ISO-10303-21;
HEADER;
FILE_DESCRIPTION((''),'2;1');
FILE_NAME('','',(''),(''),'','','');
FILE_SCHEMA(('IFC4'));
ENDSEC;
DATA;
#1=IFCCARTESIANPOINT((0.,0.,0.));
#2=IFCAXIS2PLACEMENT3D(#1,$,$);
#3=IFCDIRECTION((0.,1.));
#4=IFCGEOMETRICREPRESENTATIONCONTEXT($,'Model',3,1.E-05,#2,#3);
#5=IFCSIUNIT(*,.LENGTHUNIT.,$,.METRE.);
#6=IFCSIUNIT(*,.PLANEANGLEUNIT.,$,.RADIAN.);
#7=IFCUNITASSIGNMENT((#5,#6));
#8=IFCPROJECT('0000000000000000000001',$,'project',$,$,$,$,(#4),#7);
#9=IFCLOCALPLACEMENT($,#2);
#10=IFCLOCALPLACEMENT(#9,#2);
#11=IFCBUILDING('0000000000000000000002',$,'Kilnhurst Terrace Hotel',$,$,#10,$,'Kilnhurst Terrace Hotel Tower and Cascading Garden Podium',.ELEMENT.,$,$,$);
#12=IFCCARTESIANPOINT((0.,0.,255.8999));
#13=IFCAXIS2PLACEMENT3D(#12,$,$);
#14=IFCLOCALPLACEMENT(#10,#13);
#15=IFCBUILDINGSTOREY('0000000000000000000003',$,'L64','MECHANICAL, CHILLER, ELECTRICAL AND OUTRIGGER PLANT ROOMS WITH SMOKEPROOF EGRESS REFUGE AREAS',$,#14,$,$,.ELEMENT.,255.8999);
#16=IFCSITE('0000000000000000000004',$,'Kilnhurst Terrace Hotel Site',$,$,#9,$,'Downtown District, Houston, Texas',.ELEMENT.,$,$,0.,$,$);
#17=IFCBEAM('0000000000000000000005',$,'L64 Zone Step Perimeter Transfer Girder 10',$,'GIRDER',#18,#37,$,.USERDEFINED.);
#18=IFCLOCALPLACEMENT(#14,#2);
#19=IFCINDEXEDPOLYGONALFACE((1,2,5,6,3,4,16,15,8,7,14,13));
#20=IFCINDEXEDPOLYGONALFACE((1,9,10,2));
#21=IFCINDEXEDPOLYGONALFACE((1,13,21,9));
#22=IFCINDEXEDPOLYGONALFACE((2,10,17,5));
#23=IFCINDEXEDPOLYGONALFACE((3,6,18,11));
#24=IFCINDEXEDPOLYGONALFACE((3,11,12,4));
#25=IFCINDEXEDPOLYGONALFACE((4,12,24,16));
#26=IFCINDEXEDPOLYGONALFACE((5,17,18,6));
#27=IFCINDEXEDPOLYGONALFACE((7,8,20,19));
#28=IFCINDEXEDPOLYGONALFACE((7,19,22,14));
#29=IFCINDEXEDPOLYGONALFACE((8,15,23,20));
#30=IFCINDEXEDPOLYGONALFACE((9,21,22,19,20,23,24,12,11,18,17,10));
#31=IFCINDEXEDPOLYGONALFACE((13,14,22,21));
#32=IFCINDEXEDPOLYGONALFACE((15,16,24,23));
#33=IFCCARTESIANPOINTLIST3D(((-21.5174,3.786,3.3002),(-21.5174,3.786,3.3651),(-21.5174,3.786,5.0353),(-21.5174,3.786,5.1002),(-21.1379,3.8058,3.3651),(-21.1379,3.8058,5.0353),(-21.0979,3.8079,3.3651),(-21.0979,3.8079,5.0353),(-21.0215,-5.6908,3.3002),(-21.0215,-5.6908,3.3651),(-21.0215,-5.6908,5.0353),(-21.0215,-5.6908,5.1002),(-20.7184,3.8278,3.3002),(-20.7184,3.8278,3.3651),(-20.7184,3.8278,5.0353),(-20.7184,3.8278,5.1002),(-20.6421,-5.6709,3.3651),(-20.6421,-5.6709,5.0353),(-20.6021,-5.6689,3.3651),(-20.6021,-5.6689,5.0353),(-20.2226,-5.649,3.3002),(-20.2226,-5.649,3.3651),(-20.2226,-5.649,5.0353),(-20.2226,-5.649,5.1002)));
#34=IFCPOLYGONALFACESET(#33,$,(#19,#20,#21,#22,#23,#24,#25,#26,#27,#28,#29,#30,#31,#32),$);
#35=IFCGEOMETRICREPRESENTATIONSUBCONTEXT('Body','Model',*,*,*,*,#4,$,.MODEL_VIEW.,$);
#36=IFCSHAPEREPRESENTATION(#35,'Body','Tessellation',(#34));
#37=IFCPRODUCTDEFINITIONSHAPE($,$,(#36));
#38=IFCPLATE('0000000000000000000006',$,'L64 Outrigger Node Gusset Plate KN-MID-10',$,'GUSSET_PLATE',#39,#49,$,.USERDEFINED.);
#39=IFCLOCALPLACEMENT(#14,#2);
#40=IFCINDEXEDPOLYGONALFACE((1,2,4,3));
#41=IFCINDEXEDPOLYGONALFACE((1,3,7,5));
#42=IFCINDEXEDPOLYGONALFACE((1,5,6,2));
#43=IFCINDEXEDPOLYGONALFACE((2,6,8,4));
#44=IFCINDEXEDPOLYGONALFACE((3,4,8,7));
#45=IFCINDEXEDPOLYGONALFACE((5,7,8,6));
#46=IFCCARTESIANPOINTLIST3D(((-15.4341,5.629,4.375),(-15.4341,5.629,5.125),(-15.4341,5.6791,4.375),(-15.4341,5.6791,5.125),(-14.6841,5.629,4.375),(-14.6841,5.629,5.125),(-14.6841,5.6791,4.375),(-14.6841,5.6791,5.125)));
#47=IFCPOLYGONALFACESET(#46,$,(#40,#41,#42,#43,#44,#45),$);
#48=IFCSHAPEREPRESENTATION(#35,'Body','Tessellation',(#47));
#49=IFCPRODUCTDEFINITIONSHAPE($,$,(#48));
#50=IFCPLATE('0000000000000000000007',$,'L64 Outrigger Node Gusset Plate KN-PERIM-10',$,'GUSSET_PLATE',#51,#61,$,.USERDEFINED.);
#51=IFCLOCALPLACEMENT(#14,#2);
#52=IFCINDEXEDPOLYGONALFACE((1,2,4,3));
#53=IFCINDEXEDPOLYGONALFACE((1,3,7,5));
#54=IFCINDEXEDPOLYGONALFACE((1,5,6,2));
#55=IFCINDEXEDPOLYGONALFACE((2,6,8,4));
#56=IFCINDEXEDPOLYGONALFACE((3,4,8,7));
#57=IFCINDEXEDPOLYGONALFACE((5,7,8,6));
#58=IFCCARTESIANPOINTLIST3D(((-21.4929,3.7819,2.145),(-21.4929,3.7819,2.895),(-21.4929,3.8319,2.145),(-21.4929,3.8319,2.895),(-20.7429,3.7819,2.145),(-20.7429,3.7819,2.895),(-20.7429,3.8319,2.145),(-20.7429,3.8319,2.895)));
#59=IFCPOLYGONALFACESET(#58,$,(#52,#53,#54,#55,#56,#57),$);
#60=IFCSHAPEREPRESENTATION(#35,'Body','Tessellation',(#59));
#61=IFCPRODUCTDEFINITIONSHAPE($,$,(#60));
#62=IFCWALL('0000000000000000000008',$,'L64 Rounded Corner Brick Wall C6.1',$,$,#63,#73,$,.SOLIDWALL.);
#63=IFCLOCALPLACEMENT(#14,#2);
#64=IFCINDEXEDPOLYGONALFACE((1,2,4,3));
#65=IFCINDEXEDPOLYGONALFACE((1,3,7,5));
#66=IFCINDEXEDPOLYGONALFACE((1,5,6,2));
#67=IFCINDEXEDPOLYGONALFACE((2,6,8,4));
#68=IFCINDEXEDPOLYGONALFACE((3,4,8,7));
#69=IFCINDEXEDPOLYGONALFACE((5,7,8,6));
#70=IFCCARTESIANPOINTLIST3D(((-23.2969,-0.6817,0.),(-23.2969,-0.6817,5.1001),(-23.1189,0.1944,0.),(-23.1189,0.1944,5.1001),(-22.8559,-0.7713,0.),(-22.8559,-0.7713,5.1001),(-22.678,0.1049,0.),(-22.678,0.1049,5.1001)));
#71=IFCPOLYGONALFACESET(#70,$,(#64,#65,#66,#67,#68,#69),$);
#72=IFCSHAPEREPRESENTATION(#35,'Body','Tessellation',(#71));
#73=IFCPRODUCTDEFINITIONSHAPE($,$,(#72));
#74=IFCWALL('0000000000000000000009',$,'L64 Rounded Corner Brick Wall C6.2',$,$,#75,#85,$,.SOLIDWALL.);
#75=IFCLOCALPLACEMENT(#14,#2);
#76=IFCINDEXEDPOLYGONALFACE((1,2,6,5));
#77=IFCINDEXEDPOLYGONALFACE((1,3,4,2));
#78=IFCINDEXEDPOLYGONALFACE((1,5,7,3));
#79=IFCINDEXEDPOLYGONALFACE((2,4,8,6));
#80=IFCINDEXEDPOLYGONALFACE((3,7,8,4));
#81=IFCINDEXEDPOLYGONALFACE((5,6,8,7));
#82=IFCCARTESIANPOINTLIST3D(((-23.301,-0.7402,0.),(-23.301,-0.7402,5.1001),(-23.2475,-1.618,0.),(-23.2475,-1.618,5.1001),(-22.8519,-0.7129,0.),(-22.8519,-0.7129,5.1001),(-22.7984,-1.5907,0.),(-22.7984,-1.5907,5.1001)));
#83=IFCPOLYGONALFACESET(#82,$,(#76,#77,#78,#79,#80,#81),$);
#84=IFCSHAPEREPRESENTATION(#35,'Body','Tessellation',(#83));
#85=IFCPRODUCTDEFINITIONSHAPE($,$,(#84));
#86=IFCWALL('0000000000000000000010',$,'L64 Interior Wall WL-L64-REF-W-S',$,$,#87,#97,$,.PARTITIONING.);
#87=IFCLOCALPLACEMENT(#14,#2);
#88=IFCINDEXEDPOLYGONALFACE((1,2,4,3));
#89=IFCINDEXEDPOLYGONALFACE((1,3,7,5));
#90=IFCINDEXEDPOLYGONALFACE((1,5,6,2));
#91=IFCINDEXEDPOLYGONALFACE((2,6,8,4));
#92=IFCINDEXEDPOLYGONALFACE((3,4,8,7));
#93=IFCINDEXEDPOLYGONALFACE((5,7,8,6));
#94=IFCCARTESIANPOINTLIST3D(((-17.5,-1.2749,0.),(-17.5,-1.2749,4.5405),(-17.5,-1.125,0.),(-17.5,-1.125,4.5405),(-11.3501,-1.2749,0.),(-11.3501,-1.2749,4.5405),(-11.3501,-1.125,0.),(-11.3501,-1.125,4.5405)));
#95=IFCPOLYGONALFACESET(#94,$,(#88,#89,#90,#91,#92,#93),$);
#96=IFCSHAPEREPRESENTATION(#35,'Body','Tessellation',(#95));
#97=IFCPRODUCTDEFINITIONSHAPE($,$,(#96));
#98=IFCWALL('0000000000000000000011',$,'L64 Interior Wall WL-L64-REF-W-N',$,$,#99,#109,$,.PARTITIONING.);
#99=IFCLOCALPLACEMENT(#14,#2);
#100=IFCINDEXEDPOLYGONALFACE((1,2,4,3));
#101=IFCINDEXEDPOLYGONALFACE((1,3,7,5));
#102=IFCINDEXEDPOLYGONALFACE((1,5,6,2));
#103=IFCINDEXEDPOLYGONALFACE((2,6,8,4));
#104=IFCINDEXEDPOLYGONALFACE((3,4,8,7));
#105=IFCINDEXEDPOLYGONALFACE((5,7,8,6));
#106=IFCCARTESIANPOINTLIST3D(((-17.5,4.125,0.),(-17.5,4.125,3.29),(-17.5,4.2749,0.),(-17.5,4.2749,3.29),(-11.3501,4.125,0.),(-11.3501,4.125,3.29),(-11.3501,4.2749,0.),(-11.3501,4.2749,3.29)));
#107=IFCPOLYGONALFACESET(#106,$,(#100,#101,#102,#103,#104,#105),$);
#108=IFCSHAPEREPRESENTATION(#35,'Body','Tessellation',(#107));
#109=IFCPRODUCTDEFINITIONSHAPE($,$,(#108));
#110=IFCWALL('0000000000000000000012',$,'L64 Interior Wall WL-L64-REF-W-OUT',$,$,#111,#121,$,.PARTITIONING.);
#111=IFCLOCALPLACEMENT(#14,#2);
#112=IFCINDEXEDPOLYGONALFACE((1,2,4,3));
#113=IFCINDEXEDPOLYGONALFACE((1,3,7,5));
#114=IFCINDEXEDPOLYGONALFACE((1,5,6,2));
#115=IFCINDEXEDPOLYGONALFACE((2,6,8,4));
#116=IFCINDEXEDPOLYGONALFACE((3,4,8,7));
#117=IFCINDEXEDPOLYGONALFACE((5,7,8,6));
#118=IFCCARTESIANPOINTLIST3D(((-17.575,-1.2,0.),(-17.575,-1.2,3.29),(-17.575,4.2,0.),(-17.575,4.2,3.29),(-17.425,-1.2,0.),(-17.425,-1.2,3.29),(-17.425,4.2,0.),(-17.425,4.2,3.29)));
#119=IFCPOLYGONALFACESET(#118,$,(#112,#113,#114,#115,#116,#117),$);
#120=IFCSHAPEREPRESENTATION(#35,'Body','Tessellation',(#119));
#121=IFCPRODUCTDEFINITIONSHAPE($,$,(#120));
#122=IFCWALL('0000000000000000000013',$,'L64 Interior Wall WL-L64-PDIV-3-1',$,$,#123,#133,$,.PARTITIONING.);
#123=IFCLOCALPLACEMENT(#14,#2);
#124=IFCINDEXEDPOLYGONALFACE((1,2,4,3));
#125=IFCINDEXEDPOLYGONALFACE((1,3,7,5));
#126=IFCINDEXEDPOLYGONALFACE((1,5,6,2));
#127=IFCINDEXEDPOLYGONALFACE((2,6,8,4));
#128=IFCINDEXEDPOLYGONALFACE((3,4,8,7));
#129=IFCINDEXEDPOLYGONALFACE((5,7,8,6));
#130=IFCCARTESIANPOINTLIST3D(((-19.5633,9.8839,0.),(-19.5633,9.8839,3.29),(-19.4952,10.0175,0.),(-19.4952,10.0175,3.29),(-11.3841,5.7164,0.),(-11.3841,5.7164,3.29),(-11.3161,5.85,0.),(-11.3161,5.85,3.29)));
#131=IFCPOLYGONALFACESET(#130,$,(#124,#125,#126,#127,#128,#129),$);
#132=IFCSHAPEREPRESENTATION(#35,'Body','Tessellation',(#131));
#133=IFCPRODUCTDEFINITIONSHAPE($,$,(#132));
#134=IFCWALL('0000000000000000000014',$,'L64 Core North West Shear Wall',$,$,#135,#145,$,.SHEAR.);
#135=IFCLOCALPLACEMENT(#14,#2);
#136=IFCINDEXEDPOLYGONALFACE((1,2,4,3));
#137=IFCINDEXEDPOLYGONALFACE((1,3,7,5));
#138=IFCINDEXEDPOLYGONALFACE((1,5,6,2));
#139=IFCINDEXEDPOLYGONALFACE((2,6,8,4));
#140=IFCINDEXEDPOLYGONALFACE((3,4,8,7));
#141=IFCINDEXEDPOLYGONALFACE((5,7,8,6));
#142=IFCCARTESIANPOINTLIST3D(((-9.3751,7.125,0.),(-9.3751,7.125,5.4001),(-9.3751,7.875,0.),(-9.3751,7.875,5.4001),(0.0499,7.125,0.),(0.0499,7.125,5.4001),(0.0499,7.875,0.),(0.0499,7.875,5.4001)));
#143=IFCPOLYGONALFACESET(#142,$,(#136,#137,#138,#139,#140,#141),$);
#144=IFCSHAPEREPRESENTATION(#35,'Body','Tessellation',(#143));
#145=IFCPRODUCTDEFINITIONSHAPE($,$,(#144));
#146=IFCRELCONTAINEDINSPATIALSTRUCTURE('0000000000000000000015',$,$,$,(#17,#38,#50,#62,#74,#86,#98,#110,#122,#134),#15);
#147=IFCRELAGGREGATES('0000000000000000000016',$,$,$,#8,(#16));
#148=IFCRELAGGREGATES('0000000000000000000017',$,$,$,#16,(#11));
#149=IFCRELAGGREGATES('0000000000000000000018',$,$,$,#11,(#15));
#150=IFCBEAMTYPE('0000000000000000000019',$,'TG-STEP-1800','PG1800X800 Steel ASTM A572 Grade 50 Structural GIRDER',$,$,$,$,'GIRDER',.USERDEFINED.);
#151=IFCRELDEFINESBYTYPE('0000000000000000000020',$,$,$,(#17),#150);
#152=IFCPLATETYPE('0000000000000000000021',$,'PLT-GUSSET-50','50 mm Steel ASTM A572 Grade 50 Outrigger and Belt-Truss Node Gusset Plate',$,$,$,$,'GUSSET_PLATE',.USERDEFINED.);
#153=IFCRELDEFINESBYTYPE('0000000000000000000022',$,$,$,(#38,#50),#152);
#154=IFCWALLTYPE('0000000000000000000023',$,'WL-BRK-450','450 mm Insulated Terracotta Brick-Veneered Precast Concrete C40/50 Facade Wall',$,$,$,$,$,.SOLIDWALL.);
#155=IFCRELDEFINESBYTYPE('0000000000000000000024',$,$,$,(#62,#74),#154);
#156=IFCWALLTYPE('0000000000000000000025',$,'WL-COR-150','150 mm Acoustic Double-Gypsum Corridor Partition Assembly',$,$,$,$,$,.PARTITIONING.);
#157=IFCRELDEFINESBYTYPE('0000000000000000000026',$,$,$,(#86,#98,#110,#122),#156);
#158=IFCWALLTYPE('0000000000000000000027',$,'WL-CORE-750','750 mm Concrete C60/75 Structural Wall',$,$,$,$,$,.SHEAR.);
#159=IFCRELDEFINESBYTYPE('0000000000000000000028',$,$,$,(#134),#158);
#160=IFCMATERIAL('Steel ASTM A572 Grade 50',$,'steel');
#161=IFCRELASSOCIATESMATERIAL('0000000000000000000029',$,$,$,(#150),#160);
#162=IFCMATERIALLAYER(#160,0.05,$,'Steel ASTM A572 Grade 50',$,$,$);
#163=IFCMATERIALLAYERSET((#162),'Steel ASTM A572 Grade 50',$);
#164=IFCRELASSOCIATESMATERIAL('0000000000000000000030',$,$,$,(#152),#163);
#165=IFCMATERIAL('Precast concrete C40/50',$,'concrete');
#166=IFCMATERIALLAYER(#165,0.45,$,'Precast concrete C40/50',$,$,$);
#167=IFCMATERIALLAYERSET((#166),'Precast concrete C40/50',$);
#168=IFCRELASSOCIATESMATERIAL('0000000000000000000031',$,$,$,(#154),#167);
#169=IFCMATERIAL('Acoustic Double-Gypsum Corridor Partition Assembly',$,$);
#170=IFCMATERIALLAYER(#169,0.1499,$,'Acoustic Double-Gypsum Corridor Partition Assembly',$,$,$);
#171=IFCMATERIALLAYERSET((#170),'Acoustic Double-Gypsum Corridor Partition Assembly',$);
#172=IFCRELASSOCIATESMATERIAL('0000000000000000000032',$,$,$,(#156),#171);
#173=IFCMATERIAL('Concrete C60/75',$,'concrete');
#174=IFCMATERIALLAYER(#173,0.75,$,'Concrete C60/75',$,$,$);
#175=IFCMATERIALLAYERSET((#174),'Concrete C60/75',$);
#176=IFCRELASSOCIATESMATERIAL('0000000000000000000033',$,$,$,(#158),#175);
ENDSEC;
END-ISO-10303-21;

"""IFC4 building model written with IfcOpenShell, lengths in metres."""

from ifc_helpers import new_model, si_unit, direction, frame, frame_2d, origin, origin_2d, place, context, subcontext, project, spatial, rectangle, i_section, extrude, material, layer, layer_set, material_profile, profile_set, type_object, element, save


model = new_model("IFC4")

# Units and contexts
model_context = context("Model", 3, precision=1e-05, world=origin(), true_north=direction((0.0, 1.0)))
body_context = subcontext(model_context, "Body", "Model", "MODEL_VIEW")
ifc_project = project(units=[si_unit("LENGTHUNIT", "METRE"), si_unit("PLANEANGLEUNIT", "RADIAN")], contexts=[model_context])

# Site, building, storey
site_placement = place(None, origin())
site = spatial("IfcSite", under=ifc_project, at=site_placement, Name="Kilnhurst Terrace Hotel Site", LongName="Downtown District, Houston, Texas", CompositionType="ELEMENT", RefElevation=0.0)
building_placement = place(site_placement, origin())
building = spatial("IfcBuilding", under=site, at=building_placement, Name="Kilnhurst Terrace Hotel", LongName="Kilnhurst Terrace Hotel Tower and Cascading Garden Podium", CompositionType="ELEMENT")
storey_placement = place(building_placement, frame((0.0, 0.0, 255.8999)))
storey = spatial("IfcBuildingStorey", under=building, at=storey_placement, Name="L64", Description="MECHANICAL, CHILLER, ELECTRICAL AND OUTRIGGER PLANT ROOMS WITH SMOKEPROOF EGRESS REFUGE AREAS", CompositionType="ELEMENT", Elevation=255.8999)

# Shared definitions
ifc_material_1 = material(Name="Concrete C60/75", Category="concrete")

# Beam
ifc_material_2 = material(Name="Steel ASTM A572 Grade 50", Category="steel")
ifc_material_profile_1 = material_profile(ifc_material_2, i_section(OverallWidth=0.8, OverallDepth=1.8, WebThickness=0.04, FlangeThickness=0.0649, at=origin_2d()), Name="PG1800X800")
ifc_profile_set_1 = profile_set([ifc_material_profile_1], Name="Steel ASTM A572 Grade 50")
beam_type_1 = type_object("IfcBeamType", Name="TG-STEP-1800", Description="PG1800X800 Steel ASTM A572 Grade 50 Structural GIRDER", ElementType="GIRDER", PredefinedType="USERDEFINED", material=ifc_profile_set_1)
beam_1_placement = place(storey_placement, frame((-21.1179, 3.8069, 4.2002), z_axis=(0.052251, -0.998634, 0.0), x_axis=(0.998634, 0.052251, 0.0)))
element("IfcBeam", 1, at=beam_1_placement, inside=storey, type_object=beam_type_1, Name="L64 Zone Step Perimeter Transfer Girder 10", ObjectType="GIRDER", PredefinedType="USERDEFINED", context=body_context, shape_type="SweptSolid", body=[
    extrude(i_section(OverallWidth=0.8, OverallDepth=1.8, WebThickness=0.04, FlangeThickness=0.0649, at=origin_2d()), origin(), (0.0, 0.0, 1.0), 9.4897),
])

# Plates
ifc_layer_1 = layer(ifc_material_2, 0.05, Name="Steel ASTM A572 Grade 50")
ifc_layer_set_1 = layer_set([ifc_layer_1], Name="Steel ASTM A572 Grade 50")
plate_type = type_object("IfcPlateType", Name="PLT-GUSSET-50", Description="50 mm Steel ASTM A572 Grade 50 Outrigger and Belt-Truss Node Gusset Plate", ElementType="GUSSET_PLATE", PredefinedType="USERDEFINED", material=ifc_layer_set_1)
for number, where, z_axis, x_axis, name in (
    (2, (-15.0591, 5.6541, 4.375), (0.0, 0.0, 1.0), (1.0, 0.0, 0.0), "L64 Outrigger Node Gusset Plate KN-MID-10"),
    (3, (-21.1179, 3.8069, 2.145), (0.0, 0.0, 1.0), (1.0, 0.0, 0.0), "L64 Outrigger Node Gusset Plate KN-PERIM-10"),
):
    element("IfcPlate", number, at=place(storey_placement, frame(where, z_axis=z_axis, x_axis=x_axis)), inside=storey, type_object=plate_type, Name=name, ObjectType="GUSSET_PLATE", PredefinedType="USERDEFINED", context=body_context, shape_type="SweptSolid", body=[
        extrude(rectangle(XDim=0.75, YDim=0.05, at=origin_2d()), origin(), (0.0, 0.0, 1.0), 0.75),
    ])

# Walls
ifc_material_3 = material(Name="Precast concrete C40/50", Category="concrete")
ifc_layer_2 = layer(ifc_material_3, 0.45, Name="Precast concrete C40/50")
ifc_layer_set_2 = layer_set([ifc_layer_2], Name="Precast concrete C40/50")
wall_type_1 = type_object("IfcWallType", Name="WL-BRK-450", Description="450 mm Insulated Terracotta Brick-Veneered Precast Concrete C40/50 Facade Wall", PredefinedType="SOLIDWALL", material=ifc_layer_set_2)
wall_1_placement = place(storey_placement, frame((-22.8984, 0.1497, 0.0), z_axis=(0.0, 0.0, 1.0), x_axis=(-0.199056, -0.979988, 0.0)))
element("IfcWall", 4, at=wall_1_placement, inside=storey, type_object=wall_type_1, Name="L64 Rounded Corner Brick Wall C6.1", PredefinedType="SOLIDWALL", context=body_context, shape_type="SweptSolid", body=[
    extrude(rectangle(XDim=0.894, YDim=0.45, at=frame_2d((0.447, 0.0))), origin(), (0.0, 0.0, 1.0), 5.1001),
])
wall_2_placement = place(storey_placement, frame((-23.0764, -0.7266, 0.0), z_axis=(0.0, 0.0, 1.0), x_axis=(0.060805, -0.99815, 0.0)))
element("IfcWall", 5, at=wall_2_placement, inside=storey, type_object=wall_type_1, Name="L64 Rounded Corner Brick Wall C6.2", PredefinedType="SOLIDWALL", context=body_context, shape_type="SweptSolid", body=[
    extrude(rectangle(XDim=0.8794, YDim=0.45, at=frame_2d((0.4397, 0.0))), origin(), (0.0, 0.0, 1.0), 5.1001),
])
ifc_material_4 = material(Name="Acoustic Double-Gypsum Corridor Partition Assembly")
ifc_layer_3 = layer(ifc_material_4, 0.1499, Name="Acoustic Double-Gypsum Corridor Partition Assembly")
ifc_layer_set_3 = layer_set([ifc_layer_3], Name="Acoustic Double-Gypsum Corridor Partition Assembly")
wall_type_2 = type_object("IfcWallType", Name="WL-COR-150", Description="150 mm Acoustic Double-Gypsum Corridor Partition Assembly", PredefinedType="PARTITIONING", material=ifc_layer_set_3)
wall_3_placement = place(storey_placement, frame((-17.5, -1.2, 0.0), z_axis=(0.0, 0.0, 1.0), x_axis=(1.0, 0.0, 0.0)))
element("IfcWall", 6, at=wall_3_placement, inside=storey, type_object=wall_type_2, Name="L64 Interior Wall WL-L64-REF-W-S", PredefinedType="PARTITIONING", context=body_context, shape_type="SweptSolid", body=[
    extrude(rectangle(XDim=6.1499, YDim=0.1499, at=frame_2d((3.075, 0.0))), origin(), (0.0, 0.0, 1.0), 4.5405),
])
wall_4_placement = place(storey_placement, frame((-17.5, 4.2, 0.0), z_axis=(0.0, 0.0, 1.0), x_axis=(1.0, 0.0, 0.0)))
element("IfcWall", 7, at=wall_4_placement, inside=storey, type_object=wall_type_2, Name="L64 Interior Wall WL-L64-REF-W-N", PredefinedType="PARTITIONING", context=body_context, shape_type="SweptSolid", body=[
    extrude(rectangle(XDim=6.1499, YDim=0.1499, at=frame_2d((3.075, 0.0))), origin(), (0.0, 0.0, 1.0), 3.29),
])
wall_5_placement = place(storey_placement, frame((-17.5, -1.2, 0.0), z_axis=(0.0, 0.0, 1.0), x_axis=(0.0, 1.0, 0.0)))
element("IfcWall", 8, at=wall_5_placement, inside=storey, type_object=wall_type_2, Name="L64 Interior Wall WL-L64-REF-W-OUT", PredefinedType="PARTITIONING", context=body_context, shape_type="SweptSolid", body=[
    extrude(rectangle(XDim=5.3999, YDim=0.1499, at=frame_2d((2.7, 0.0))), origin(), (0.0, 0.0, 1.0), 3.29),
])
wall_6_placement = place(storey_placement, frame((-11.3501, 5.7832, 0.0), z_axis=(0.0, 0.0, 1.0), x_axis=(-0.891008, 0.453988, 0.0)))
element("IfcWall", 9, at=wall_6_placement, inside=storey, type_object=wall_type_2, Name="L64 Interior Wall WL-L64-PDIV-3-1", PredefinedType="PARTITIONING", context=body_context, shape_type="SweptSolid", body=[
    extrude(rectangle(XDim=9.1797, YDim=0.1499, at=frame_2d((4.5898, 0.0))), origin(), (0.0, 0.0, 1.0), 3.29),
])
ifc_layer_4 = layer(ifc_material_1, 0.75, Name="Concrete C60/75")
ifc_layer_set_4 = layer_set([ifc_layer_4], Name="Concrete C60/75")
wall_type_3 = type_object("IfcWallType", Name="WL-CORE-750", Description="750 mm Concrete C60/75 Structural Wall", PredefinedType="SHEAR", material=ifc_layer_set_4)
wall_7_placement = place(storey_placement, frame((-9.375, 7.5, 0.0), z_axis=(0.0, 0.0, 1.0), x_axis=(1.0, 0.0, 0.0)))
element("IfcWall", 10, at=wall_7_placement, inside=storey, type_object=wall_type_3, Name="L64 Core North West Shear Wall", PredefinedType="SHEAR", context=body_context, shape_type="SweptSolid", body=[
    extrude(rectangle(XDim=9.425, YDim=0.75, at=frame_2d((4.7124, 0.0))), origin(), (0.0, 0.0, 1.0), 5.4001),
])

save(model, "model.ifc")
